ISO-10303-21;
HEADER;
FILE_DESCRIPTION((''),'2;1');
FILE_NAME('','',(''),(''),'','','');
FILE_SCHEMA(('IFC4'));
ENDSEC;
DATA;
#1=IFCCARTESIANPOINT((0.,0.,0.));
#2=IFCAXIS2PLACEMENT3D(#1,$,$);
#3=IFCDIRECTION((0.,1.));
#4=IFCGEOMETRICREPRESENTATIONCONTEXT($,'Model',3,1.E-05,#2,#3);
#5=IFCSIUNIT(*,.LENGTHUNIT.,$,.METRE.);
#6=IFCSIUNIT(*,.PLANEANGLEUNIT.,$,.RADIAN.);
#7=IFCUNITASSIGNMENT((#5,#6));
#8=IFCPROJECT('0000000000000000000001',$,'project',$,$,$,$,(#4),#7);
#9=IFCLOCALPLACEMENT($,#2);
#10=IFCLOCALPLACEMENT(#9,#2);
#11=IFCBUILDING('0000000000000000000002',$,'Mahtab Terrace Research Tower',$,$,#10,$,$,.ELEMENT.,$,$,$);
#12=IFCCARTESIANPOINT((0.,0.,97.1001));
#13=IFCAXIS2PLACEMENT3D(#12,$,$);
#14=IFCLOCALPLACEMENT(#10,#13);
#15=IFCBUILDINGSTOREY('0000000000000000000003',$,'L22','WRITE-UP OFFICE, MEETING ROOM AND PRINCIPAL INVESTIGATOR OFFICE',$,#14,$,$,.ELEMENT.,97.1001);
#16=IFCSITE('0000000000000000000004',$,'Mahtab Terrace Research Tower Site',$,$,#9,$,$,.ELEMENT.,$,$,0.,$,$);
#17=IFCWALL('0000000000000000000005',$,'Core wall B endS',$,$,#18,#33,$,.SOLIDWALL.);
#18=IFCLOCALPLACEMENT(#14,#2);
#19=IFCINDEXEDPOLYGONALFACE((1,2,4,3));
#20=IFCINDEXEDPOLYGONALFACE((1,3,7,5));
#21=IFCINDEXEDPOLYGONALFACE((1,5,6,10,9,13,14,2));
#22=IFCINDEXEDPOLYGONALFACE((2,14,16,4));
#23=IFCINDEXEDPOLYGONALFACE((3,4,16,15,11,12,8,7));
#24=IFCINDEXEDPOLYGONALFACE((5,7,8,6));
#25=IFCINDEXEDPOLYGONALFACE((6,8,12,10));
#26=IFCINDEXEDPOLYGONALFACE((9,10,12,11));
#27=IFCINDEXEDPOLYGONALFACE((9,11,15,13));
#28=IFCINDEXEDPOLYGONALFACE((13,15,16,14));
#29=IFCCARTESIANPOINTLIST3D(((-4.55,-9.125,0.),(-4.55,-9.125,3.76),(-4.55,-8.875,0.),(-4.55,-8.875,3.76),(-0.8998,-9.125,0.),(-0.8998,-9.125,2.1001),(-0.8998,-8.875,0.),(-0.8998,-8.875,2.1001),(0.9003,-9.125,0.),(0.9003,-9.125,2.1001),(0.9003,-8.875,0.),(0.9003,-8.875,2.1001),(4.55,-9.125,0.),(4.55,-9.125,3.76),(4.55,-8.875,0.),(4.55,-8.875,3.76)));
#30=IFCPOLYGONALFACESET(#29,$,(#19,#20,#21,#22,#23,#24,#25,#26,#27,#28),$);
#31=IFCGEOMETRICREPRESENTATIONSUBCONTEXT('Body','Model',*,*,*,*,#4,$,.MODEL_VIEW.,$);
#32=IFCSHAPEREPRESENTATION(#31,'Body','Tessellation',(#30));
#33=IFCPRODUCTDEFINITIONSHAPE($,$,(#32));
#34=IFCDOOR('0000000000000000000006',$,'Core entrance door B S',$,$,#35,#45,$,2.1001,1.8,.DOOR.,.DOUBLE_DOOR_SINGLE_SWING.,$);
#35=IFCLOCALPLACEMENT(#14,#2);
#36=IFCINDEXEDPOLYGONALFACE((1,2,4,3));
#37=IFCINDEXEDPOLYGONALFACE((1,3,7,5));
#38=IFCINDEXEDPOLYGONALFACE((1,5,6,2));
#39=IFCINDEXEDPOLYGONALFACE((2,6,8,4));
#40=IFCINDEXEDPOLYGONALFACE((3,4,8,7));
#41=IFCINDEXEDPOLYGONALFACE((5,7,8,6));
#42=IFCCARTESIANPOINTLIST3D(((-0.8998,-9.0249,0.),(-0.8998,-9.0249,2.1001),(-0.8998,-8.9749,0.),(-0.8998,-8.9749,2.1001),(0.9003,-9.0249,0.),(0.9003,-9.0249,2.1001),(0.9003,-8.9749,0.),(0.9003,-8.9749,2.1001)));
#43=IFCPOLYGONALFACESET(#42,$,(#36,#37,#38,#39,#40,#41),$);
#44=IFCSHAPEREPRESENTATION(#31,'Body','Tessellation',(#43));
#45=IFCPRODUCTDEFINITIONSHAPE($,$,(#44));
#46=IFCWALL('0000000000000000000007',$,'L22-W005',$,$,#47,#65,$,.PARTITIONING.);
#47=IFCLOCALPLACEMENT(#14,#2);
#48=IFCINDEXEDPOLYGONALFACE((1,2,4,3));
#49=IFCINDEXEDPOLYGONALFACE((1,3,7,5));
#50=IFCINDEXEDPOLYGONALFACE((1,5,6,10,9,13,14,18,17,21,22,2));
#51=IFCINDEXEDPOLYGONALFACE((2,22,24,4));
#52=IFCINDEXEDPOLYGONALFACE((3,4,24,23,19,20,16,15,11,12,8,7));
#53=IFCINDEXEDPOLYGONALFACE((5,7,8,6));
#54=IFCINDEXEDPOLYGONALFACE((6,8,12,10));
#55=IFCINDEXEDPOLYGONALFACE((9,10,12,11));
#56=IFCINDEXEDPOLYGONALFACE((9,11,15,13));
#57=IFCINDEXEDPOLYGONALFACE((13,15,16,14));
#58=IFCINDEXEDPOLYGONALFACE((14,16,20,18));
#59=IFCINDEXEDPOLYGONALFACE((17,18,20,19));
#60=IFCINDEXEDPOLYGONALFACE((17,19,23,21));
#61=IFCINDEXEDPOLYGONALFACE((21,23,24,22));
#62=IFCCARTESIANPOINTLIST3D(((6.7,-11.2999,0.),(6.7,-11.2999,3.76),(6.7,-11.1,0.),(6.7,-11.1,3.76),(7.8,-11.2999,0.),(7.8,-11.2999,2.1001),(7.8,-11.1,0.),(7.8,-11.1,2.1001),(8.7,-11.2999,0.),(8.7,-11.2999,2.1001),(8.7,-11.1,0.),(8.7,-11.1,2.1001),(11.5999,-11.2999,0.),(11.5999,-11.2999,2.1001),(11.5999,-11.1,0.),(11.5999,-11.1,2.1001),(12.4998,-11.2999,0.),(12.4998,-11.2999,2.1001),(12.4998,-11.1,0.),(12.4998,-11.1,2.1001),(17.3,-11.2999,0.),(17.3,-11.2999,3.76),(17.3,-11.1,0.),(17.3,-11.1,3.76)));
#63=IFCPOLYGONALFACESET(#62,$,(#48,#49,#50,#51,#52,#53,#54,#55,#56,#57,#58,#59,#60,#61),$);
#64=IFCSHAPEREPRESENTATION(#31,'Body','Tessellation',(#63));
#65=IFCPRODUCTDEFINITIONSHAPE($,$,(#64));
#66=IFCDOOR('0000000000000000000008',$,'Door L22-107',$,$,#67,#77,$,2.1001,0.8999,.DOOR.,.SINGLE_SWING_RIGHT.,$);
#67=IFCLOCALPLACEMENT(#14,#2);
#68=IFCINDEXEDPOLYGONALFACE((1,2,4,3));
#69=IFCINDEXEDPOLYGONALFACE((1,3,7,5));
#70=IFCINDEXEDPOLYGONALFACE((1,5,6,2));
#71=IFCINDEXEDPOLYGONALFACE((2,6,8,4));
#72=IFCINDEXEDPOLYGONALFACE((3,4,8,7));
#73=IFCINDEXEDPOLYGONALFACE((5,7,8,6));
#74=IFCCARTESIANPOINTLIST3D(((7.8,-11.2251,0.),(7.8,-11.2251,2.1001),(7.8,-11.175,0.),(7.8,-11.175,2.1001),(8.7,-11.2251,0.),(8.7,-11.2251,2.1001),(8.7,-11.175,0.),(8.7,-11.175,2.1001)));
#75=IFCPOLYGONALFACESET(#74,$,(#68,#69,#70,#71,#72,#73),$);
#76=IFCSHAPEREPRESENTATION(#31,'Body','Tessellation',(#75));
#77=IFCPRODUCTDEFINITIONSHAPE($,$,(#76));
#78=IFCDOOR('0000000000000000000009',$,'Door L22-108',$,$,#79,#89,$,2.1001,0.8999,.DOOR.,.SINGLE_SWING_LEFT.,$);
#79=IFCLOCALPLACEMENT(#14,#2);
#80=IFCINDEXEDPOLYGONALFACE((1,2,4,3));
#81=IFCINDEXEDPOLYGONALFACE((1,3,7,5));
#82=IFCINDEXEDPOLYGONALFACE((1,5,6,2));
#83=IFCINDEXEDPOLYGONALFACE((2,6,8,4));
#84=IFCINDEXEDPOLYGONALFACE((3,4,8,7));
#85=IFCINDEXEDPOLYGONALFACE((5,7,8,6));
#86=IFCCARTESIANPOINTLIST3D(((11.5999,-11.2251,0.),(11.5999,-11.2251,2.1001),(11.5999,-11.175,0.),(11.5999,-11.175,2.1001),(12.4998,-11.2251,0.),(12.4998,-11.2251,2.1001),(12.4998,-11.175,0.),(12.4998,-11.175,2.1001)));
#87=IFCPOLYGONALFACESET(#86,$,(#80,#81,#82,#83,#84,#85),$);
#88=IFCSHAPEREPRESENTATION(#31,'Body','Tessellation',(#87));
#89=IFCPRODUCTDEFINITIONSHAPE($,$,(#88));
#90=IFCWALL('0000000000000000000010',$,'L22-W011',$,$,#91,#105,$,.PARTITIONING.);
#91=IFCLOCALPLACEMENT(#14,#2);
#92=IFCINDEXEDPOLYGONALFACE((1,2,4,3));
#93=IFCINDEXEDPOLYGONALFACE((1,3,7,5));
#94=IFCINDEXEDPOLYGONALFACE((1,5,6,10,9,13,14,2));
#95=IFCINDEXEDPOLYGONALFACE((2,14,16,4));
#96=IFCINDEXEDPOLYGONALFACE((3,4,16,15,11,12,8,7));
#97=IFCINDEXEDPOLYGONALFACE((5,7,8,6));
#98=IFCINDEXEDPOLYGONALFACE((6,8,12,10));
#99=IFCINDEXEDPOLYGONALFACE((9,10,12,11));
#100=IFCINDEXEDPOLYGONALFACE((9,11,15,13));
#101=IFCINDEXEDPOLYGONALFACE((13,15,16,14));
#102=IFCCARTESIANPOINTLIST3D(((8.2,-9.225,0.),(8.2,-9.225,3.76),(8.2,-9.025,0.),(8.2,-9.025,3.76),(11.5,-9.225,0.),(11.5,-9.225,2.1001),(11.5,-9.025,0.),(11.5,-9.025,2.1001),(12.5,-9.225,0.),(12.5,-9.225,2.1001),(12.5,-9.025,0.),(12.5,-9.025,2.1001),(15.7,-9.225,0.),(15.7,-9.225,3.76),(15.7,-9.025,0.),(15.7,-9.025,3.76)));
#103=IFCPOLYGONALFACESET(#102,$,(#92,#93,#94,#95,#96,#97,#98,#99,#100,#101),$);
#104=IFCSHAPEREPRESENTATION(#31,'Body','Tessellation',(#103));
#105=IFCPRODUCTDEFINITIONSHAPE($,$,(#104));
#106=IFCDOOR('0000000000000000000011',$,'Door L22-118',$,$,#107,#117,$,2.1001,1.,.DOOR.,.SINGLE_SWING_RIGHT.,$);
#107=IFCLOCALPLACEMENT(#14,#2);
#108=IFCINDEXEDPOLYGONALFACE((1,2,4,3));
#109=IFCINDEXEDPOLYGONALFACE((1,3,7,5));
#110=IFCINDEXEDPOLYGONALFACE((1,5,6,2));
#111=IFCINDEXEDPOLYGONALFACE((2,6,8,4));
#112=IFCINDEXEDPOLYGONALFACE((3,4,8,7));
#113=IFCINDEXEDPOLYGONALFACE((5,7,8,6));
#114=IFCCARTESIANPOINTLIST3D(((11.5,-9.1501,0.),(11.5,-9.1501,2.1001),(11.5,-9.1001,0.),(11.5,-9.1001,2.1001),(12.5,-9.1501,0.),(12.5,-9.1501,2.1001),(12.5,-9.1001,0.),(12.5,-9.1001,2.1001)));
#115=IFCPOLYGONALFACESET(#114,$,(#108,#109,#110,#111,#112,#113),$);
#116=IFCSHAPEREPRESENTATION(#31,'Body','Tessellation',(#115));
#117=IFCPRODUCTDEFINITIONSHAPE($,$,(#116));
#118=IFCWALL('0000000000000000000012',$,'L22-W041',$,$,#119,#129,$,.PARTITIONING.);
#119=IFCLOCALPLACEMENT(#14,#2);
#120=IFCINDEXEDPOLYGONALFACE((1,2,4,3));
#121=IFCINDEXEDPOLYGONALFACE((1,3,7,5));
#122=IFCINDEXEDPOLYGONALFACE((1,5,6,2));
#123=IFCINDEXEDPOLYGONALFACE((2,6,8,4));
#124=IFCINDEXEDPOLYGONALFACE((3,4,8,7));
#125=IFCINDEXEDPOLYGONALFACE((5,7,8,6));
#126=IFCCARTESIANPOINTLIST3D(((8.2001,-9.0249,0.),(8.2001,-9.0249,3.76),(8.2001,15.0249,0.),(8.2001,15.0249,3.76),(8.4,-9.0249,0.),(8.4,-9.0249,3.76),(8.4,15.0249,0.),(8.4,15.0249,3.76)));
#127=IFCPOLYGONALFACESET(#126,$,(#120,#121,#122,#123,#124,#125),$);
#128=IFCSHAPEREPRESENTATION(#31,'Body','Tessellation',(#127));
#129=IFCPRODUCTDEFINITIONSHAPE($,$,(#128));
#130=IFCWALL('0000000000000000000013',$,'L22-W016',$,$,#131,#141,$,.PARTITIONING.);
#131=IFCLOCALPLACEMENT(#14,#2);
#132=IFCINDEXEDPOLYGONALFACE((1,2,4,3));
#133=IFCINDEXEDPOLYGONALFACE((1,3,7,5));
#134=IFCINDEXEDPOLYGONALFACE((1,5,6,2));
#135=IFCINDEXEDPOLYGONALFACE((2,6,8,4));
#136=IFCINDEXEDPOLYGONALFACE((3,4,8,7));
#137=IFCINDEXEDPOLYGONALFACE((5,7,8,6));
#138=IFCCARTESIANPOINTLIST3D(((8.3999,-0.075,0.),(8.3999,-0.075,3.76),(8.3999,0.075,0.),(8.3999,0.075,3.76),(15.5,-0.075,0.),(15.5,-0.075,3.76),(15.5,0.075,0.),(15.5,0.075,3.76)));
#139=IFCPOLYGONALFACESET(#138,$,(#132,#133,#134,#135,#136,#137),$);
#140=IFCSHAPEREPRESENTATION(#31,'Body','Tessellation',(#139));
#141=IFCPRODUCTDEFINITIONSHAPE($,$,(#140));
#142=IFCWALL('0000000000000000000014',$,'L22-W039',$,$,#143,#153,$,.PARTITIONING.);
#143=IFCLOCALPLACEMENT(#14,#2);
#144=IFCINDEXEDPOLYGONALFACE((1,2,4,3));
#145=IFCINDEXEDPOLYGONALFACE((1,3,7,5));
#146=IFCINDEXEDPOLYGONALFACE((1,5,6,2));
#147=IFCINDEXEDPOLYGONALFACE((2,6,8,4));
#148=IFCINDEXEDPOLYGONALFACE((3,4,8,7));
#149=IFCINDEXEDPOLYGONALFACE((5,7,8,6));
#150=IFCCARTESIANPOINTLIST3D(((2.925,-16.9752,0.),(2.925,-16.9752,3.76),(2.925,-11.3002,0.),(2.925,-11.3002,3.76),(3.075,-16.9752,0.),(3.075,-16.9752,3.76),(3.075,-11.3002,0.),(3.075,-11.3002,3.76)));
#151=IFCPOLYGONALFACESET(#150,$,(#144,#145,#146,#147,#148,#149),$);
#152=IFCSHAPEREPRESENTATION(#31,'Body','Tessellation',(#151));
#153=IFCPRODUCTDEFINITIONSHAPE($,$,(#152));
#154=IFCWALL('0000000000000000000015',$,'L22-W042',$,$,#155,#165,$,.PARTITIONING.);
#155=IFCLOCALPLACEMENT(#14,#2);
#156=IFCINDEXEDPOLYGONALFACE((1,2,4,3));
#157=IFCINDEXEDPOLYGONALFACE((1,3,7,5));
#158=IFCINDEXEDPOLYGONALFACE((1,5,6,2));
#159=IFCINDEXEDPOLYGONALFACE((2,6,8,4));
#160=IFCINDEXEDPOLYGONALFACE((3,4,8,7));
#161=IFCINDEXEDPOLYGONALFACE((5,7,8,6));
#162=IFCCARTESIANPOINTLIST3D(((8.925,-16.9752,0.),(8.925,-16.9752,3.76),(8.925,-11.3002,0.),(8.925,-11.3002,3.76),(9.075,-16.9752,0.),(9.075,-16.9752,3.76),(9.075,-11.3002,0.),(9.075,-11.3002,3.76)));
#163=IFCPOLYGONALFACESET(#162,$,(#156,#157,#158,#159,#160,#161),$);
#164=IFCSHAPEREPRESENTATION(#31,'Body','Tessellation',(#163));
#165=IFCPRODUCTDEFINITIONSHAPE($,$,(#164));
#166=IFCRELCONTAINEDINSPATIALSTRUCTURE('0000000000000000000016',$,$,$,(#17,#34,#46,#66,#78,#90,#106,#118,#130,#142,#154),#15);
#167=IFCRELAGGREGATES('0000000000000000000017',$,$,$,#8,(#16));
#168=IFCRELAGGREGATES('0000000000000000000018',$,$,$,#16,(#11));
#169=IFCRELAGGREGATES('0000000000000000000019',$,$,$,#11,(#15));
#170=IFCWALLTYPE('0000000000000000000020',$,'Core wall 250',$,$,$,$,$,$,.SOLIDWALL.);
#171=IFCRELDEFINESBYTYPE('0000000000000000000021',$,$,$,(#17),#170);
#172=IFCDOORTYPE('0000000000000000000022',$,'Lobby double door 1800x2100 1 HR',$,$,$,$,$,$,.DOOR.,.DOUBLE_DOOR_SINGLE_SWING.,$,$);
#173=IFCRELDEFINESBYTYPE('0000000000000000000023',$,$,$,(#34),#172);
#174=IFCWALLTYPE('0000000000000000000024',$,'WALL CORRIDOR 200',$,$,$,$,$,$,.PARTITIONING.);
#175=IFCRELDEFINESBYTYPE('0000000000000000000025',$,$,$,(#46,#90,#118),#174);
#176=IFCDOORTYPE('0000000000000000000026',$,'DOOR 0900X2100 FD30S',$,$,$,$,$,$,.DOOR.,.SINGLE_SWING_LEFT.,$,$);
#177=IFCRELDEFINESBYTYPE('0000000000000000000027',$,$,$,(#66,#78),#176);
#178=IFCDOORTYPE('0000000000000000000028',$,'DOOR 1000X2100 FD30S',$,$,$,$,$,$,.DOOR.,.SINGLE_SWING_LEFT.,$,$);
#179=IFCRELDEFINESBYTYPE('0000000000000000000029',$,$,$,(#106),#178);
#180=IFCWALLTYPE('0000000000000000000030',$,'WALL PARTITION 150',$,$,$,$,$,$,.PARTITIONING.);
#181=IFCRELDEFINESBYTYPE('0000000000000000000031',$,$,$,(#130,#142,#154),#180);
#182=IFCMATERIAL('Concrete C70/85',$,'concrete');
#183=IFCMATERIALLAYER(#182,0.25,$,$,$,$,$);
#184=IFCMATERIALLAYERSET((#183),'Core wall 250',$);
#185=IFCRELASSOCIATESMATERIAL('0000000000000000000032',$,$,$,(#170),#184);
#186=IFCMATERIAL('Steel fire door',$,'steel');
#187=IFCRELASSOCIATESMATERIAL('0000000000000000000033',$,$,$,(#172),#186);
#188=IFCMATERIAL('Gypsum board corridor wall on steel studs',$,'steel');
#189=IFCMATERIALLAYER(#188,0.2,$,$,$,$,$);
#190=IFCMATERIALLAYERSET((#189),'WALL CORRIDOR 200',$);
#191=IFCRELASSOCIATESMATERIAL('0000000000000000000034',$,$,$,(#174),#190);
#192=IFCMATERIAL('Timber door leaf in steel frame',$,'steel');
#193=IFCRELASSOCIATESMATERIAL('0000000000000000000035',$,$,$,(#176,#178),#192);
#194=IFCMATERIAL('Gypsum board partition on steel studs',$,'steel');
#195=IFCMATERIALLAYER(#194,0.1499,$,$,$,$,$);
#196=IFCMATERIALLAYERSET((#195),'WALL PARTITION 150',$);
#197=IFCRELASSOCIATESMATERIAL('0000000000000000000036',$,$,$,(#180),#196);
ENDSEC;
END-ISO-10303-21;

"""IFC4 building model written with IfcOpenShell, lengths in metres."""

from ifc_helpers import new_model, si_unit, direction, frame, frame_2d, origin, place, context, subcontext, project, spatial, rectangle, extrude, material, layer, layer_set, type_object, element, fill, save


model = new_model("IFC4")

# Units and contexts
model_context = context("Model", 3, precision=1e-05, world=origin(), true_north=direction((0.0, 1.0)))
body_context = subcontext(model_context, "Body", "Model", "MODEL_VIEW")
ifc_project = project(units=[si_unit("LENGTHUNIT", "METRE"), si_unit("PLANEANGLEUNIT", "RADIAN")], contexts=[model_context])

# Site, building, storey
site_placement = place(None, origin())
site = spatial("IfcSite", under=ifc_project, at=site_placement, Name="Mahtab Terrace Research Tower Site", CompositionType="ELEMENT", RefElevation=0.0)
building_placement = place(site_placement, origin())
building = spatial("IfcBuilding", under=site, at=building_placement, Name="Mahtab Terrace Research Tower", CompositionType="ELEMENT")
storey_placement = place(building_placement, frame((0.0, 0.0, 97.1001)))
storey = spatial("IfcBuildingStorey", under=building, at=storey_placement, Name="L22", Description="WRITE-UP OFFICE, MEETING ROOM AND PRINCIPAL INVESTIGATOR OFFICE", CompositionType="ELEMENT", Elevation=97.1001)

# Shared definitions
ifc_material_1 = material(Name="Concrete C70/85", Category="concrete")

# Shared definitions
ifc_layer_1 = layer(ifc_material_1, 0.25)
ifc_layer_set_1 = layer_set([ifc_layer_1], Name="Core wall 250")
wall_type_1 = type_object("IfcWallType", Name="Core wall 250", PredefinedType="SOLIDWALL", material=ifc_layer_set_1)

# Wall, opening, door
wall_1_placement = place(storey_placement, frame((4.55, -9.0, 0.0), z_axis=(0.0, 0.0, 1.0), x_axis=(-1.0, 0.0, 0.0)))
wall_1 = element("IfcWall", 1, at=wall_1_placement, inside=storey, type_object=wall_type_1, Name="Core wall B endS", PredefinedType="SOLIDWALL", context=body_context, shape_type="SweptSolid", body=[
    extrude(rectangle(XDim=9.1001, YDim=0.25, at=frame_2d((4.55, 0.0))), origin(), (0.0, 0.0, 1.0), 3.76),
])
opening_1_placement = place(wall_1_placement, frame((3.6499, 0.0, 0.0)))
opening_1 = element("IfcOpeningElement", 2, at=opening_1_placement, cuts=wall_1, PredefinedType="OPENING", context=body_context, shape_type="SweptSolid", body=[
    extrude(rectangle(XDim=1.8, YDim=2.1001, at=frame_2d((0.8999, 1.05))), frame((0.0, 0.135, 0.0), z_axis=(0.0, -1.0, 0.0), x_axis=(1.0, 0.0, 0.0)), (0.0, 0.0, 1.0), 0.27),
])
ifc_material_2 = material(Name="Steel fire door", Category="steel")
door_type_1 = type_object("IfcDoorType", Name="Lobby double door 1800x2100 1 HR", OperationType="DOUBLE_DOOR_SINGLE_SWING", PredefinedType="DOOR", material=ifc_material_2)
door_1_placement = place(opening_1_placement, origin())
door_1 = element("IfcDoor", 3, at=door_1_placement, inside=storey, type_object=door_type_1, Name="Core entrance door B S", OperationType="DOUBLE_DOOR_SINGLE_SWING", OverallHeight=2.1001, OverallWidth=1.8, PredefinedType="DOOR", context=body_context, shape_type="SweptSolid", body=[
    extrude(rectangle(XDim=1.8, YDim=2.1001, at=frame_2d((0.8999, 1.05))), frame((0.0, 0.0249, 0.0), z_axis=(0.0, -1.0, 0.0), x_axis=(1.0, 0.0, 0.0)), (0.0, 0.0, 1.0), 0.05),
])
fill(opening_1, door_1)

# Wall, openings, doors
ifc_material_3 = material(Name="Gypsum board corridor wall on steel studs", Category="steel")
ifc_layer_2 = layer(ifc_material_3, 0.2)
ifc_layer_set_2 = layer_set([ifc_layer_2], Name="WALL CORRIDOR 200")
wall_type_2 = type_object("IfcWallType", Name="WALL CORRIDOR 200", PredefinedType="PARTITIONING", material=ifc_layer_set_2)
wall_2_placement = place(storey_placement, frame((6.7, -11.2, 0.0), z_axis=(0.0, 0.0, 1.0), x_axis=(1.0, 0.0, 0.0)))
wall_2 = element("IfcWall", 4, at=wall_2_placement, inside=storey, type_object=wall_type_2, Name="L22-W005", PredefinedType="PARTITIONING", context=body_context, shape_type="SweptSolid", body=[
    extrude(rectangle(XDim=10.6001, YDim=0.2, at=frame_2d((5.3, 0.0))), origin(), (0.0, 0.0, 1.0), 3.76),
])
opening_2_placement = place(wall_2_placement, frame((1.1001, 0.0, 0.0)))
opening_2 = element("IfcOpeningElement", 5, at=opening_2_placement, cuts=wall_2, PredefinedType="OPENING", context=body_context, shape_type="SweptSolid", body=[
    extrude(rectangle(XDim=0.8999, YDim=2.1001, at=frame_2d((0.45, 1.05))), frame((0.0, 0.1099, 0.0), z_axis=(0.0, -1.0, 0.0), x_axis=(1.0, 0.0, 0.0)), (0.0, 0.0, 1.0), 0.22),
])
opening_3_placement = place(wall_2_placement, frame((4.8999, 0.0, 0.0)))
opening_3 = element("IfcOpeningElement", 6, at=opening_3_placement, cuts=wall_2, PredefinedType="OPENING", context=body_context, shape_type="SweptSolid", body=[
    extrude(rectangle(XDim=0.8999, YDim=2.1001, at=frame_2d((0.45, 1.05))), frame((0.0, 0.1099, 0.0), z_axis=(0.0, -1.0, 0.0), x_axis=(1.0, 0.0, 0.0)), (0.0, 0.0, 1.0), 0.22),
])
ifc_material_4 = material(Name="Timber door leaf in steel frame", Category="steel")
door_type_2 = type_object("IfcDoorType", Name="DOOR 0900X2100 FD30S", OperationType="SINGLE_SWING_LEFT", PredefinedType="DOOR", material=ifc_material_4)
door_2_placement = place(opening_2_placement, origin())
door_2 = element("IfcDoor", 7, at=door_2_placement, inside=storey, type_object=door_type_2, Name="Door L22-107", OperationType="SINGLE_SWING_RIGHT", OverallHeight=2.1001, OverallWidth=0.8999, PredefinedType="DOOR", context=body_context, shape_type="SweptSolid", body=[
    extrude(rectangle(XDim=0.8999, YDim=2.1001, at=frame_2d((0.45, 1.05))), frame((0.0, 0.0249, 0.0), z_axis=(0.0, -1.0, 0.0), x_axis=(1.0, 0.0, 0.0)), (0.0, 0.0, 1.0), 0.05),
])
fill(opening_2, door_2)
door_3_placement = place(opening_3_placement, origin())
door_3 = element("IfcDoor", 8, at=door_3_placement, inside=storey, type_object=door_type_2, Name="Door L22-108", OperationType="SINGLE_SWING_LEFT", OverallHeight=2.1001, OverallWidth=0.8999, PredefinedType="DOOR", context=body_context, shape_type="SweptSolid", body=[
    extrude(rectangle(XDim=0.8999, YDim=2.1001, at=frame_2d((0.45, 1.05))), frame((0.0, 0.0249, 0.0), z_axis=(0.0, -1.0, 0.0), x_axis=(1.0, 0.0, 0.0)), (0.0, 0.0, 1.0), 0.05),
])
fill(opening_3, door_3)

# Wall, opening, door
wall_3_placement = place(storey_placement, frame((8.2, -9.125, 0.0), z_axis=(0.0, 0.0, 1.0), x_axis=(1.0, 0.0, 0.0)))
wall_3 = element("IfcWall", 9, at=wall_3_placement, inside=storey, type_object=wall_type_2, Name="L22-W011", PredefinedType="PARTITIONING", context=body_context, shape_type="SweptSolid", body=[
    extrude(rectangle(XDim=7.5, YDim=0.2, at=frame_2d((3.75, 0.0))), origin(), (0.0, 0.0, 1.0), 3.76),
])
opening_4_placement = place(wall_3_placement, frame((3.3, 0.0, 0.0)))
opening_4 = element("IfcOpeningElement", 10, at=opening_4_placement, cuts=wall_3, PredefinedType="OPENING", context=body_context, shape_type="SweptSolid", body=[
    extrude(rectangle(XDim=1.0, YDim=2.1001, at=frame_2d((0.5, 1.05))), frame((0.0, 0.1099, 0.0), z_axis=(0.0, -1.0, 0.0), x_axis=(1.0, 0.0, 0.0)), (0.0, 0.0, 1.0), 0.22),
])
door_type_3 = type_object("IfcDoorType", Name="DOOR 1000X2100 FD30S", OperationType="SINGLE_SWING_LEFT", PredefinedType="DOOR", material=ifc_material_4)
door_4_placement = place(opening_4_placement, origin())
door_4 = element("IfcDoor", 11, at=door_4_placement, inside=storey, type_object=door_type_3, Name="Door L22-118", OperationType="SINGLE_SWING_RIGHT", OverallHeight=2.1001, OverallWidth=1.0, PredefinedType="DOOR", context=body_context, shape_type="SweptSolid", body=[
    extrude(rectangle(XDim=1.0, YDim=2.1001, at=frame_2d((0.5, 1.05))), frame((0.0, 0.0249, 0.0), z_axis=(0.0, -1.0, 0.0), x_axis=(1.0, 0.0, 0.0)), (0.0, 0.0, 1.0), 0.05),
])
fill(opening_4, door_4)

# Walls
wall_4_placement = place(storey_placement, frame((8.3, -9.0249, 0.0), z_axis=(0.0, 0.0, 1.0), x_axis=(0.0, 1.0, 0.0)))
element("IfcWall", 12, at=wall_4_placement, inside=storey, type_object=wall_type_2, Name="L22-W041", PredefinedType="PARTITIONING", context=body_context, shape_type="SweptSolid", body=[
    extrude(rectangle(XDim=24.0498, YDim=0.2, at=frame_2d((12.0249, 0.0))), origin(), (0.0, 0.0, 1.0), 3.76),
])
ifc_material_5 = material(Name="Gypsum board partition on steel studs", Category="steel")
ifc_layer_3 = layer(ifc_material_5, 0.1499)
ifc_layer_set_3 = layer_set([ifc_layer_3], Name="WALL PARTITION 150")
wall_type_3 = type_object("IfcWallType", Name="WALL PARTITION 150", PredefinedType="PARTITIONING", material=ifc_layer_set_3)
wall_5_placement = place(storey_placement, frame((8.3999, 0.0, 0.0), z_axis=(0.0, 0.0, 1.0), x_axis=(1.0, 0.0, 0.0)))
element("IfcWall", 13, at=wall_5_placement, inside=storey, type_object=wall_type_3, Name="L22-W016", PredefinedType="PARTITIONING", context=body_context, shape_type="SweptSolid", body=[
    extrude(rectangle(XDim=7.1001, YDim=0.1499, at=frame_2d((3.55, 0.0))), origin(), (0.0, 0.0, 1.0), 3.76),
])
for number, where, z_axis, x_axis, name in (
    (14, (3.0, -16.9751, 0.0), (0.0, 0.0, 1.0), (0.0, 1.0, 0.0), "L22-W039"),
    (15, (9.0, -16.9751, 0.0), (0.0, 0.0, 1.0), (0.0, 1.0, 0.0), "L22-W042"),
):
    element("IfcWall", number, at=place(storey_placement, frame(where, z_axis=z_axis, x_axis=x_axis)), inside=storey, type_object=wall_type_3, Name=name, PredefinedType="PARTITIONING", context=body_context, shape_type="SweptSolid", body=[
        extrude(rectangle(XDim=5.675, YDim=0.1499, at=frame_2d((2.8374, 0.0))), origin(), (0.0, 0.0, 1.0), 3.76),
    ])

save(model, "model.ifc")
